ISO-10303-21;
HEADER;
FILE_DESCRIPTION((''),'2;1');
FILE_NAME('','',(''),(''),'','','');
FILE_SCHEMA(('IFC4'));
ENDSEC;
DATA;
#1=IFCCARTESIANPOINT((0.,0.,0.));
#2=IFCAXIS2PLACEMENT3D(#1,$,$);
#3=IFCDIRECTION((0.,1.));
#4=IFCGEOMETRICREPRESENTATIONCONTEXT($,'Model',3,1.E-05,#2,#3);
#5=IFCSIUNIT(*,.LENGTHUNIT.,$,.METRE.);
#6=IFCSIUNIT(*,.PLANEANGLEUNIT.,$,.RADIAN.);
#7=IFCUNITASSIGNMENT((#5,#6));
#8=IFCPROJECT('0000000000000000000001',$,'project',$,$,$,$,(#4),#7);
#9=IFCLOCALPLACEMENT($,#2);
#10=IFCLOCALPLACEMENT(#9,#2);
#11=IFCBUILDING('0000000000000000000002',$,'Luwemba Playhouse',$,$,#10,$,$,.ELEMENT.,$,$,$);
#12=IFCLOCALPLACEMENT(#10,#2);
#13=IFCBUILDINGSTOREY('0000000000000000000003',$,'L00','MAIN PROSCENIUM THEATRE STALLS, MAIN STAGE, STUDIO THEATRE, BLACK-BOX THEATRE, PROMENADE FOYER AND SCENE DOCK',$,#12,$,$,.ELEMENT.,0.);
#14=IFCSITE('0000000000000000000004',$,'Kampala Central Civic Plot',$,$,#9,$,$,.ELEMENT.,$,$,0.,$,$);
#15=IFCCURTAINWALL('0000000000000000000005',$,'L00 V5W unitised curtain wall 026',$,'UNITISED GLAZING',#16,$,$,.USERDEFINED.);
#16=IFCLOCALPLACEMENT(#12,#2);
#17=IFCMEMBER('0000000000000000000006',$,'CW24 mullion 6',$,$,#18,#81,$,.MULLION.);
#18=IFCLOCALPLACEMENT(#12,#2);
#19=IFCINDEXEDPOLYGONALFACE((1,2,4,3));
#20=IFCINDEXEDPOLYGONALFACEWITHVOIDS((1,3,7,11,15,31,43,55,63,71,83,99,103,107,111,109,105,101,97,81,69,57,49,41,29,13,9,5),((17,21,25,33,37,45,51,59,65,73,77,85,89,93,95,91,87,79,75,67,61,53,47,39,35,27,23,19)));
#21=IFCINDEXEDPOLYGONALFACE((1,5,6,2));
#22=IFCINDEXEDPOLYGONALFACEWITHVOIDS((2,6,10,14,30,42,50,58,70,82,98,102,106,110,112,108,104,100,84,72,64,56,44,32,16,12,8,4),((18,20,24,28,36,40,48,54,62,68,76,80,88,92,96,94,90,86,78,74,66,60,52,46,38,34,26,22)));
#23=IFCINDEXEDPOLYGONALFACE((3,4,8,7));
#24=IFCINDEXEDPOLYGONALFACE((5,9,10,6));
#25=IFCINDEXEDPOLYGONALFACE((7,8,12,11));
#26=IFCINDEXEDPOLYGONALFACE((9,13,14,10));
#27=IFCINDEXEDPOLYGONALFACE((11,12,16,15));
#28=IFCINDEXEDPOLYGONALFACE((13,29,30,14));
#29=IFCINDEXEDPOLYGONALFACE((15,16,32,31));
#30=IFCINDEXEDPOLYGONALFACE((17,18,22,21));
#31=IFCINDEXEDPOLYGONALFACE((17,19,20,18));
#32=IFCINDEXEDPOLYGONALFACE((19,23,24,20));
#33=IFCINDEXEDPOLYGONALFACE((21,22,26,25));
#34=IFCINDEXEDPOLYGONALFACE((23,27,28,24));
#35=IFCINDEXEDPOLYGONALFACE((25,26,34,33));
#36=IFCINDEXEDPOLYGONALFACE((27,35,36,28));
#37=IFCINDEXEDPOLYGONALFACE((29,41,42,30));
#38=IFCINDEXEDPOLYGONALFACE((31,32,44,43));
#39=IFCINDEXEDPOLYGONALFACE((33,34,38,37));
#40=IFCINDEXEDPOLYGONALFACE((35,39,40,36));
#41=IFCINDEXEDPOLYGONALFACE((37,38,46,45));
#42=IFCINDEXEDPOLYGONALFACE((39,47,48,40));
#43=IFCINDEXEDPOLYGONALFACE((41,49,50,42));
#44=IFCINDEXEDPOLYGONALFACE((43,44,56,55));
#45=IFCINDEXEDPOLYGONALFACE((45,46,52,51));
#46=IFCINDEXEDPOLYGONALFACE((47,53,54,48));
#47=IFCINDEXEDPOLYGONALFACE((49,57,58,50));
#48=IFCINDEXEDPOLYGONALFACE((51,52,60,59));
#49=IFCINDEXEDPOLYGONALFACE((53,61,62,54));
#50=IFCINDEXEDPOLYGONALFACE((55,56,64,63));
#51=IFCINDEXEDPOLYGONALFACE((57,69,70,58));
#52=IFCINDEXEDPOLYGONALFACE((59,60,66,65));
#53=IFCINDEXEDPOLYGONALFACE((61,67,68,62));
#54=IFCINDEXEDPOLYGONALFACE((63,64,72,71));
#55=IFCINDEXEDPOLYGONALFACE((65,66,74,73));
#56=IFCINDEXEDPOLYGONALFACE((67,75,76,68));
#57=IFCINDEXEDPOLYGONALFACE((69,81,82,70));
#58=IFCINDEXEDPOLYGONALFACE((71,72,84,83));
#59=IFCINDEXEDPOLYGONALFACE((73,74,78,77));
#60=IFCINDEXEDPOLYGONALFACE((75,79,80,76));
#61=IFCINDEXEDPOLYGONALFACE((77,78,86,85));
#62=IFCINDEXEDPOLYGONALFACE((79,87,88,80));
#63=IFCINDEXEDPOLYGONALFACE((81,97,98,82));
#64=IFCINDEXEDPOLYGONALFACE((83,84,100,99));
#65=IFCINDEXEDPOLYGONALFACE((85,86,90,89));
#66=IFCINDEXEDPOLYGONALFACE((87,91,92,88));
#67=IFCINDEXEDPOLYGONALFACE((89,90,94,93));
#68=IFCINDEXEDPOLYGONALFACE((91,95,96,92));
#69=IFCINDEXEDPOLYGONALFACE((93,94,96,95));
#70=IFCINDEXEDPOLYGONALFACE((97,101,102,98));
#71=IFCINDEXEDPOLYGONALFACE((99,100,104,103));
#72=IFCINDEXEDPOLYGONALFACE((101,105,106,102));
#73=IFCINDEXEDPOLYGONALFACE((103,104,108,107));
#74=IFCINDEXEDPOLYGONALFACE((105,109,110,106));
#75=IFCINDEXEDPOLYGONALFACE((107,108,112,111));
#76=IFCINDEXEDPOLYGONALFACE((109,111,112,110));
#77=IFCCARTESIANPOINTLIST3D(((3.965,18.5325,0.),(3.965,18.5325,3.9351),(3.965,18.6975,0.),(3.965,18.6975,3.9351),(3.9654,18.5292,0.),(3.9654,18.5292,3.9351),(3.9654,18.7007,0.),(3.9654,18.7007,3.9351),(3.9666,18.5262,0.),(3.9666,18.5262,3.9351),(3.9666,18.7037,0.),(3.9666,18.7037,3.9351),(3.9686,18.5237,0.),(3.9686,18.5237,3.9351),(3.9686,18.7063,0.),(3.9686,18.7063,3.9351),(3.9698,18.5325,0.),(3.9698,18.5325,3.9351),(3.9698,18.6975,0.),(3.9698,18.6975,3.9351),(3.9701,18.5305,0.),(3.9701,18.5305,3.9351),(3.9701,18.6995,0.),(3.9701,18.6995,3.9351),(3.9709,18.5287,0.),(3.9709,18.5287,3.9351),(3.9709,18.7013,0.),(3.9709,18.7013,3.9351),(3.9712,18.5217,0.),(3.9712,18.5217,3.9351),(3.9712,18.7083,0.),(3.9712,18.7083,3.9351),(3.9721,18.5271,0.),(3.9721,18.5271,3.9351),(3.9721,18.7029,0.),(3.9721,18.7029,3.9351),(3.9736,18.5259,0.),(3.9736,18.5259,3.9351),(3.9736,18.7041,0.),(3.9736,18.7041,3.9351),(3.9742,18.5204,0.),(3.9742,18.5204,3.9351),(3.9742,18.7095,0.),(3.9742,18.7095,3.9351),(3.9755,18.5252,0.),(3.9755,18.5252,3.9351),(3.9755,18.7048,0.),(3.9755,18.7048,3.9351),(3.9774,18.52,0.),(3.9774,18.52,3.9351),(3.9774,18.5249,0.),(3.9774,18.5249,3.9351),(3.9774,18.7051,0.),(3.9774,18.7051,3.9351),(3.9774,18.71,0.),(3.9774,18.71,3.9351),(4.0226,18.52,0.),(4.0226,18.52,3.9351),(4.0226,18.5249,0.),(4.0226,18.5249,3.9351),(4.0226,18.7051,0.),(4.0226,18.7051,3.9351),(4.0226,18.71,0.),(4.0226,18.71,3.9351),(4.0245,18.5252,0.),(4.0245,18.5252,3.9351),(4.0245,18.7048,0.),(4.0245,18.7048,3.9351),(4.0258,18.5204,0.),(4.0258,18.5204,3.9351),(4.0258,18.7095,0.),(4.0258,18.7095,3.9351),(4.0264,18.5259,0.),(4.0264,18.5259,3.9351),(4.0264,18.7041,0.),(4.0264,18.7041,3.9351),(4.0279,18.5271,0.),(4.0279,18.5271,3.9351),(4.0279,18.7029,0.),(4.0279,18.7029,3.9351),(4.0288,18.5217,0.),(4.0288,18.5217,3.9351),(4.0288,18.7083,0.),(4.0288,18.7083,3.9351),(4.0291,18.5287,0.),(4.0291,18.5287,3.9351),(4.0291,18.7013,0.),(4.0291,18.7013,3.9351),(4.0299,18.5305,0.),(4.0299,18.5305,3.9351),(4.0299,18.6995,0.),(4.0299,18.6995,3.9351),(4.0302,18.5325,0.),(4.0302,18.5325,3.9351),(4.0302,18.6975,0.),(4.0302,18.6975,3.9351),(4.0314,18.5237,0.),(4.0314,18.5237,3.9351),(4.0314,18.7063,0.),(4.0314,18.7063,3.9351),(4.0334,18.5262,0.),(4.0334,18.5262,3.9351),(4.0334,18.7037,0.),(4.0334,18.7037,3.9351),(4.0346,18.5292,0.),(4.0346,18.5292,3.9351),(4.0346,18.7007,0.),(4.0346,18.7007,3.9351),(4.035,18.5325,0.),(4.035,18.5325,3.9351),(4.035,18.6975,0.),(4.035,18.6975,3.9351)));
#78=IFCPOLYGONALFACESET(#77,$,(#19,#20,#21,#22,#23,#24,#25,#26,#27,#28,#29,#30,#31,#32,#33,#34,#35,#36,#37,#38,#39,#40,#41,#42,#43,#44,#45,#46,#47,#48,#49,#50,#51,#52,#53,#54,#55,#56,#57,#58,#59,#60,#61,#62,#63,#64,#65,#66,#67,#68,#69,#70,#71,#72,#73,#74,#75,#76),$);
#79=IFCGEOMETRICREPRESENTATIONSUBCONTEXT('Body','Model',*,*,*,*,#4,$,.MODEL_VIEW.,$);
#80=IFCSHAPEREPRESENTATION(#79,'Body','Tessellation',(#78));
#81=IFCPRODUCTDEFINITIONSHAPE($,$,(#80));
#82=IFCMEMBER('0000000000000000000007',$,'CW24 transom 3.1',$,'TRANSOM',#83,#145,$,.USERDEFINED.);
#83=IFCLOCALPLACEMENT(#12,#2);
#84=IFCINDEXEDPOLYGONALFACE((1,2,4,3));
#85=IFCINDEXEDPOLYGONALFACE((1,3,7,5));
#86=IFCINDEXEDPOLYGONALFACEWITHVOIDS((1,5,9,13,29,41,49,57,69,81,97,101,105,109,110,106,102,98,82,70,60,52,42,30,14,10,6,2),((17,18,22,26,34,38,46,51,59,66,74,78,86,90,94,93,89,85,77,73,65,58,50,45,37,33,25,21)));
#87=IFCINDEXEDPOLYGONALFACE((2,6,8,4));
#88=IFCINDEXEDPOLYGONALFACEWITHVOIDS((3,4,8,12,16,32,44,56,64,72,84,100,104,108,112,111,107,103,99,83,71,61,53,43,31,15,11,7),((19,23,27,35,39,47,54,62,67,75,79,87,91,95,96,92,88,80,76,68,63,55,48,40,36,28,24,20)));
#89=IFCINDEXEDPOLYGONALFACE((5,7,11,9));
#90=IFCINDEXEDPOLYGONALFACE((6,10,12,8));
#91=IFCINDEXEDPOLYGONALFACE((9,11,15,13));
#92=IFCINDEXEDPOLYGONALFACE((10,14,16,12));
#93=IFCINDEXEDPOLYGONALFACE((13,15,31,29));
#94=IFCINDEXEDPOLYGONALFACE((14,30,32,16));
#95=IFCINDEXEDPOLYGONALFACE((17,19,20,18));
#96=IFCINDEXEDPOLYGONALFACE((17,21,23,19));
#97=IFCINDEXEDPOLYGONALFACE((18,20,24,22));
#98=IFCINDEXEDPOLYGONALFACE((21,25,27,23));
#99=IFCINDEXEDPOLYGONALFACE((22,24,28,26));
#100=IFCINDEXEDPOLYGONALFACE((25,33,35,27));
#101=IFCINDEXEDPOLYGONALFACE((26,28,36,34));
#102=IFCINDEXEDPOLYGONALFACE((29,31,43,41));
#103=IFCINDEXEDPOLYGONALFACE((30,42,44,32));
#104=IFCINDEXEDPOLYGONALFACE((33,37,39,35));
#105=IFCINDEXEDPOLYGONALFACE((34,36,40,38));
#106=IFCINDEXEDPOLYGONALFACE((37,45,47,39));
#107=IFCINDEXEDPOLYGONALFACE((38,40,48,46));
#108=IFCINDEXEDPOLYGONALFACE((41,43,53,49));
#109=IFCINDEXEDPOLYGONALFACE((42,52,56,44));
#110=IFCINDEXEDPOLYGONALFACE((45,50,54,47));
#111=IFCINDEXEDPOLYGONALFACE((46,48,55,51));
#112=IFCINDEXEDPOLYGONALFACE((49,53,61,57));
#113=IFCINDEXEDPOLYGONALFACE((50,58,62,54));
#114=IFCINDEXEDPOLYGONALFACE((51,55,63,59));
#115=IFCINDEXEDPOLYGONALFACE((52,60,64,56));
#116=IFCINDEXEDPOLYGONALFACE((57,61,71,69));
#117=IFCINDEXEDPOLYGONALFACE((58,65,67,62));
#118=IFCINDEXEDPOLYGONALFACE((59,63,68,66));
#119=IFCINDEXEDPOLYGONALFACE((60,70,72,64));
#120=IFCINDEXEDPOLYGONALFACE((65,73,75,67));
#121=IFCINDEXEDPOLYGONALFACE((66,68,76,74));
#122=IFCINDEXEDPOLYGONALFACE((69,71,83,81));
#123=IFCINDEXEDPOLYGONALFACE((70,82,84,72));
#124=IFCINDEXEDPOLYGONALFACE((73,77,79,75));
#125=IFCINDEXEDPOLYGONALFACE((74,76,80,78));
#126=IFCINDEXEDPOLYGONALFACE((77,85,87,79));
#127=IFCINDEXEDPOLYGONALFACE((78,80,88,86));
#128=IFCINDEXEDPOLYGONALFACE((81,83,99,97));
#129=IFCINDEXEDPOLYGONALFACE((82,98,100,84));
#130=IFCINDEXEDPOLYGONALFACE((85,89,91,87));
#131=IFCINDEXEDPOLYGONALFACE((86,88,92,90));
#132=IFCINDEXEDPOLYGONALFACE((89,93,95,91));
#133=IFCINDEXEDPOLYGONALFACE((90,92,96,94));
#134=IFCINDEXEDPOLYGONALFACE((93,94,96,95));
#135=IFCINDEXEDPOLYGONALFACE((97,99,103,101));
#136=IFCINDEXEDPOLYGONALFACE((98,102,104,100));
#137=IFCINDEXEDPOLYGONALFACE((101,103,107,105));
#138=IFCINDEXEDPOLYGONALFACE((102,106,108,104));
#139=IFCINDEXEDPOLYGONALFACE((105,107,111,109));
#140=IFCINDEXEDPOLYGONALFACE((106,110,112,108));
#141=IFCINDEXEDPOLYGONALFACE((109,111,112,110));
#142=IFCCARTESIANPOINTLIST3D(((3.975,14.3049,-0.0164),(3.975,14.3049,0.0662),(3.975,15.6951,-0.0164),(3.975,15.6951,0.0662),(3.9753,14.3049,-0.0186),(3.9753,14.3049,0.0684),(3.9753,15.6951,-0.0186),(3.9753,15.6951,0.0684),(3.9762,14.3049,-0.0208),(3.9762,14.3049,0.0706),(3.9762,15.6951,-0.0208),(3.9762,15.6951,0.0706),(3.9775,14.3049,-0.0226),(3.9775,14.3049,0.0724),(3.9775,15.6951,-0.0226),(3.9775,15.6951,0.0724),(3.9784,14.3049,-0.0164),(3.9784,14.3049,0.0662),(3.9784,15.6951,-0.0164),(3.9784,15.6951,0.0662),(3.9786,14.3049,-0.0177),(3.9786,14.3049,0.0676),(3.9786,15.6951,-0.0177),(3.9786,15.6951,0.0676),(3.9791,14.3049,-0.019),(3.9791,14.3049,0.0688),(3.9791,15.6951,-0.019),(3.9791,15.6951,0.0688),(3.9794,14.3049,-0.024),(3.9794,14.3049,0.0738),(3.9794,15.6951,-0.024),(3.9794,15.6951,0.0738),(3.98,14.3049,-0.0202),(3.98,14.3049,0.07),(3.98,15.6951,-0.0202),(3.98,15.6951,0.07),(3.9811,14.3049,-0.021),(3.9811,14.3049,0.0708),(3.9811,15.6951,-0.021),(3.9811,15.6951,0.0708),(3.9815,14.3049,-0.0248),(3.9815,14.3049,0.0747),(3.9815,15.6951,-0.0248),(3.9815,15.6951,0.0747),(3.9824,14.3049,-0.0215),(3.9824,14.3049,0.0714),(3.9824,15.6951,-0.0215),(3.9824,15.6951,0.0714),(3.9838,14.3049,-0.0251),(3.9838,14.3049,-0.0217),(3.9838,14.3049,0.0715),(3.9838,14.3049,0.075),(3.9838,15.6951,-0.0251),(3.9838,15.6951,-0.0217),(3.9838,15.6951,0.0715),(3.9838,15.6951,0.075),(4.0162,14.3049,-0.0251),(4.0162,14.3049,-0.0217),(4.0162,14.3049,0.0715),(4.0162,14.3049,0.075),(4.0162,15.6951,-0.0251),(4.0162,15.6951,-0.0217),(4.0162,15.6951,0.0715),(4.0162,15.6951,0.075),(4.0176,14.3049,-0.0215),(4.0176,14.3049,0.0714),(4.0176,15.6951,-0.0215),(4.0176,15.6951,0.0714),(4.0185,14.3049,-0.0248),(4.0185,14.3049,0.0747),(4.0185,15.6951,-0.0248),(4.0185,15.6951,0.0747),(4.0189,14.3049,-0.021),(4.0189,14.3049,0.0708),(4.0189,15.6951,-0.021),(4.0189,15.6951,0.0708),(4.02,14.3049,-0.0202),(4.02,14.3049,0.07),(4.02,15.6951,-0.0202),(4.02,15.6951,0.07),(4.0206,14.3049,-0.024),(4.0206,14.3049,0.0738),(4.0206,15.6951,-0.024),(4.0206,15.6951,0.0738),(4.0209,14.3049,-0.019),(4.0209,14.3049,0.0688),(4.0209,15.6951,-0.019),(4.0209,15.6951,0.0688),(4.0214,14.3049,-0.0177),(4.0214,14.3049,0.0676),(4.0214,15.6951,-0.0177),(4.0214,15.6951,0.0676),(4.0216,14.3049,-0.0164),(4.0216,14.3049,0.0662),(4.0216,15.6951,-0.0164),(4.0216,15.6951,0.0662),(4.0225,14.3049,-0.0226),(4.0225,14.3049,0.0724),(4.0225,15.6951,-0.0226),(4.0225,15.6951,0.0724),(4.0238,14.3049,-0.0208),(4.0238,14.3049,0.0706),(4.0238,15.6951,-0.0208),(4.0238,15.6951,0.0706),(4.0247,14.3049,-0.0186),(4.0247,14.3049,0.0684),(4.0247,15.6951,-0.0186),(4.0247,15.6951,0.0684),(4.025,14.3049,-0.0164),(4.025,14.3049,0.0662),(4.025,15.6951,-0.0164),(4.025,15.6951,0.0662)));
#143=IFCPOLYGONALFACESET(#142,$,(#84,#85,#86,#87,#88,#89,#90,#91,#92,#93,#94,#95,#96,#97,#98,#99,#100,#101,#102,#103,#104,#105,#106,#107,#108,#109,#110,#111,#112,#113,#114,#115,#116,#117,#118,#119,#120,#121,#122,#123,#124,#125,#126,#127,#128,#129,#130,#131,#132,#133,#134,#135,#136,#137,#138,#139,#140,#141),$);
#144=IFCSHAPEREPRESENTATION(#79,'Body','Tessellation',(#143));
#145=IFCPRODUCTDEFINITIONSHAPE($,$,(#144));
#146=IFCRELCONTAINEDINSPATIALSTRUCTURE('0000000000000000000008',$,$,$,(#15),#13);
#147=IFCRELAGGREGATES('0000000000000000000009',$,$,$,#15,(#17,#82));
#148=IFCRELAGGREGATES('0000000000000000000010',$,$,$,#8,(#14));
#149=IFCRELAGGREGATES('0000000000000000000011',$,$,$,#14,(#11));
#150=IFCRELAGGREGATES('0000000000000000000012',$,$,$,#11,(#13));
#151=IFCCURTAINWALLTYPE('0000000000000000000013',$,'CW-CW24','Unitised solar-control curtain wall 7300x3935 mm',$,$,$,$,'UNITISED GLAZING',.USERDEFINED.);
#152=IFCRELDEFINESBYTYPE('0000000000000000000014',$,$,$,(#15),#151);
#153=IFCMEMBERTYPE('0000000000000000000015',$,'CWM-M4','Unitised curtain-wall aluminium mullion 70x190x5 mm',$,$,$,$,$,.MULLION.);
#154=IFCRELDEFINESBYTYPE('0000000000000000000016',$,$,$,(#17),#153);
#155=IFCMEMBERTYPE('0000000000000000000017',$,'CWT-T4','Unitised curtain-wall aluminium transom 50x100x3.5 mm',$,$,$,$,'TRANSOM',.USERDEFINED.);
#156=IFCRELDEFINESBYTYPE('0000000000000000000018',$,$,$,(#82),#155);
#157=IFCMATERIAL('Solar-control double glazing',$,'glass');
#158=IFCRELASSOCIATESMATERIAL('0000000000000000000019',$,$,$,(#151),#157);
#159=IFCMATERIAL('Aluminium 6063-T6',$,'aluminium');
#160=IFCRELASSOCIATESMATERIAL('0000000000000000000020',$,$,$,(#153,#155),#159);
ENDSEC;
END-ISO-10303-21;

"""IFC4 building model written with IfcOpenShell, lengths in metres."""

from ifc_helpers import new_model, si_unit, direction, frame, origin, origin_2d, place, context, subcontext, project, spatial, hollow_rectangle, extrude, material, material_profile, profile_set, type_object, element, aggregate, save


model = new_model("IFC4")

# Units and contexts
model_context = context("Model", 3, precision=1e-05, world=origin(), true_north=direction((0.0, 1.0)))
body_context = subcontext(model_context, "Body", "Model", "MODEL_VIEW")
ifc_project = project(units=[si_unit("LENGTHUNIT", "METRE"), si_unit("PLANEANGLEUNIT", "RADIAN")], contexts=[model_context])

# Site, building, storey
site_placement = place(None, origin())
site = spatial("IfcSite", under=ifc_project, at=site_placement, Name="Kampala Central Civic Plot", CompositionType="ELEMENT", RefElevation=0.0)
building_placement = place(site_placement, origin())
building = spatial("IfcBuilding", under=site, at=building_placement, Name="Luwemba Playhouse", CompositionType="ELEMENT")
storey_placement = place(building_placement, origin())
storey = spatial("IfcBuildingStorey", under=building, at=storey_placement, Name="L00", Description="MAIN PROSCENIUM THEATRE STALLS, MAIN STAGE, STUDIO THEATRE, BLACK-BOX THEATRE, PROMENADE FOYER AND SCENE DOCK", CompositionType="ELEMENT", Elevation=0.0)

# Curtain wall, members
ifc_material_1 = material(Name="Solar-control double glazing", Category="glass")
curtain_wall_type = type_object("IfcCurtainWallType", Name="CW-CW24", Description="Unitised solar-control curtain wall 7300x3935 mm", ElementType="UNITISED GLAZING", PredefinedType="USERDEFINED", material=ifc_material_1)
curtain_wall_placement = place(storey_placement, origin())
curtain_wall = element("IfcCurtainWall", 1, at=curtain_wall_placement, inside=storey, type_object=curtain_wall_type, Name="L00 V5W unitised curtain wall 026", ObjectType="UNITISED GLAZING", PredefinedType="USERDEFINED")
ifc_material_2 = material(Name="Aluminium 6063-T6", Category="aluminium")
ifc_material_profile_1 = material_profile(ifc_material_2, hollow_rectangle(XDim=0.0701, YDim=0.1899, WallThickness=0.0049, InnerFilletRadius=0.0076, OuterFilletRadius=0.0125, at=origin_2d()))
ifc_profile_set_1 = profile_set([ifc_material_profile_1], Name="Aluminium 6063-T6")
member_type_1 = type_object("IfcMemberType", Name="CWM-M4", Description="Unitised curtain-wall aluminium mullion 70x190x5 mm", PredefinedType="MULLION", material=ifc_profile_set_1)
member_1_placement = place(storey_placement, frame((4.0, 18.615, 0.0), z_axis=(0.0, 0.0, 1.0), x_axis=(-1.0, 0.0, 0.0)))
member_1 = element("IfcMember", 2, at=member_1_placement, type_object=member_type_1, Name="CW24 mullion 6", PredefinedType="MULLION", context=body_context, shape_type="SweptSolid", body=[
    extrude(hollow_rectangle(XDim=0.0701, YDim=0.1899, WallThickness=0.0049, InnerFilletRadius=0.0076, OuterFilletRadius=0.0125, at=origin_2d()), origin(), (0.0, 0.0, 1.0), 3.9351),
])
ifc_material_profile_2 = material_profile(ifc_material_2, hollow_rectangle(XDim=0.05, YDim=0.1001, WallThickness=0.0034, InnerFilletRadius=0.0054, OuterFilletRadius=0.0088, at=origin_2d()))
ifc_profile_set_2 = profile_set([ifc_material_profile_2], Name="Aluminium 6063-T6")
member_type_2 = type_object("IfcMemberType", Name="CWT-T4", Description="Unitised curtain-wall aluminium transom 50x100x3.5 mm", ElementType="TRANSOM", PredefinedType="USERDEFINED", material=ifc_profile_set_2)
member_2_placement = place(storey_placement, frame((4.0, 14.3049, 0.0249), z_axis=(0.0, 1.0, 0.0), x_axis=(-1.0, 0.0, 0.0)))
member_2 = element("IfcMember", 3, at=member_2_placement, type_object=member_type_2, Name="CW24 transom 3.1", ObjectType="TRANSOM", PredefinedType="USERDEFINED", context=body_context, shape_type="SweptSolid", body=[
    extrude(hollow_rectangle(XDim=0.05, YDim=0.1001, WallThickness=0.0034, InnerFilletRadius=0.0054, OuterFilletRadius=0.0088, at=origin_2d()), origin(), (0.0, 0.0, 1.0), 1.3901),
])
aggregate(curtain_wall, [member_1, member_2])

save(model, "model.ifc")
